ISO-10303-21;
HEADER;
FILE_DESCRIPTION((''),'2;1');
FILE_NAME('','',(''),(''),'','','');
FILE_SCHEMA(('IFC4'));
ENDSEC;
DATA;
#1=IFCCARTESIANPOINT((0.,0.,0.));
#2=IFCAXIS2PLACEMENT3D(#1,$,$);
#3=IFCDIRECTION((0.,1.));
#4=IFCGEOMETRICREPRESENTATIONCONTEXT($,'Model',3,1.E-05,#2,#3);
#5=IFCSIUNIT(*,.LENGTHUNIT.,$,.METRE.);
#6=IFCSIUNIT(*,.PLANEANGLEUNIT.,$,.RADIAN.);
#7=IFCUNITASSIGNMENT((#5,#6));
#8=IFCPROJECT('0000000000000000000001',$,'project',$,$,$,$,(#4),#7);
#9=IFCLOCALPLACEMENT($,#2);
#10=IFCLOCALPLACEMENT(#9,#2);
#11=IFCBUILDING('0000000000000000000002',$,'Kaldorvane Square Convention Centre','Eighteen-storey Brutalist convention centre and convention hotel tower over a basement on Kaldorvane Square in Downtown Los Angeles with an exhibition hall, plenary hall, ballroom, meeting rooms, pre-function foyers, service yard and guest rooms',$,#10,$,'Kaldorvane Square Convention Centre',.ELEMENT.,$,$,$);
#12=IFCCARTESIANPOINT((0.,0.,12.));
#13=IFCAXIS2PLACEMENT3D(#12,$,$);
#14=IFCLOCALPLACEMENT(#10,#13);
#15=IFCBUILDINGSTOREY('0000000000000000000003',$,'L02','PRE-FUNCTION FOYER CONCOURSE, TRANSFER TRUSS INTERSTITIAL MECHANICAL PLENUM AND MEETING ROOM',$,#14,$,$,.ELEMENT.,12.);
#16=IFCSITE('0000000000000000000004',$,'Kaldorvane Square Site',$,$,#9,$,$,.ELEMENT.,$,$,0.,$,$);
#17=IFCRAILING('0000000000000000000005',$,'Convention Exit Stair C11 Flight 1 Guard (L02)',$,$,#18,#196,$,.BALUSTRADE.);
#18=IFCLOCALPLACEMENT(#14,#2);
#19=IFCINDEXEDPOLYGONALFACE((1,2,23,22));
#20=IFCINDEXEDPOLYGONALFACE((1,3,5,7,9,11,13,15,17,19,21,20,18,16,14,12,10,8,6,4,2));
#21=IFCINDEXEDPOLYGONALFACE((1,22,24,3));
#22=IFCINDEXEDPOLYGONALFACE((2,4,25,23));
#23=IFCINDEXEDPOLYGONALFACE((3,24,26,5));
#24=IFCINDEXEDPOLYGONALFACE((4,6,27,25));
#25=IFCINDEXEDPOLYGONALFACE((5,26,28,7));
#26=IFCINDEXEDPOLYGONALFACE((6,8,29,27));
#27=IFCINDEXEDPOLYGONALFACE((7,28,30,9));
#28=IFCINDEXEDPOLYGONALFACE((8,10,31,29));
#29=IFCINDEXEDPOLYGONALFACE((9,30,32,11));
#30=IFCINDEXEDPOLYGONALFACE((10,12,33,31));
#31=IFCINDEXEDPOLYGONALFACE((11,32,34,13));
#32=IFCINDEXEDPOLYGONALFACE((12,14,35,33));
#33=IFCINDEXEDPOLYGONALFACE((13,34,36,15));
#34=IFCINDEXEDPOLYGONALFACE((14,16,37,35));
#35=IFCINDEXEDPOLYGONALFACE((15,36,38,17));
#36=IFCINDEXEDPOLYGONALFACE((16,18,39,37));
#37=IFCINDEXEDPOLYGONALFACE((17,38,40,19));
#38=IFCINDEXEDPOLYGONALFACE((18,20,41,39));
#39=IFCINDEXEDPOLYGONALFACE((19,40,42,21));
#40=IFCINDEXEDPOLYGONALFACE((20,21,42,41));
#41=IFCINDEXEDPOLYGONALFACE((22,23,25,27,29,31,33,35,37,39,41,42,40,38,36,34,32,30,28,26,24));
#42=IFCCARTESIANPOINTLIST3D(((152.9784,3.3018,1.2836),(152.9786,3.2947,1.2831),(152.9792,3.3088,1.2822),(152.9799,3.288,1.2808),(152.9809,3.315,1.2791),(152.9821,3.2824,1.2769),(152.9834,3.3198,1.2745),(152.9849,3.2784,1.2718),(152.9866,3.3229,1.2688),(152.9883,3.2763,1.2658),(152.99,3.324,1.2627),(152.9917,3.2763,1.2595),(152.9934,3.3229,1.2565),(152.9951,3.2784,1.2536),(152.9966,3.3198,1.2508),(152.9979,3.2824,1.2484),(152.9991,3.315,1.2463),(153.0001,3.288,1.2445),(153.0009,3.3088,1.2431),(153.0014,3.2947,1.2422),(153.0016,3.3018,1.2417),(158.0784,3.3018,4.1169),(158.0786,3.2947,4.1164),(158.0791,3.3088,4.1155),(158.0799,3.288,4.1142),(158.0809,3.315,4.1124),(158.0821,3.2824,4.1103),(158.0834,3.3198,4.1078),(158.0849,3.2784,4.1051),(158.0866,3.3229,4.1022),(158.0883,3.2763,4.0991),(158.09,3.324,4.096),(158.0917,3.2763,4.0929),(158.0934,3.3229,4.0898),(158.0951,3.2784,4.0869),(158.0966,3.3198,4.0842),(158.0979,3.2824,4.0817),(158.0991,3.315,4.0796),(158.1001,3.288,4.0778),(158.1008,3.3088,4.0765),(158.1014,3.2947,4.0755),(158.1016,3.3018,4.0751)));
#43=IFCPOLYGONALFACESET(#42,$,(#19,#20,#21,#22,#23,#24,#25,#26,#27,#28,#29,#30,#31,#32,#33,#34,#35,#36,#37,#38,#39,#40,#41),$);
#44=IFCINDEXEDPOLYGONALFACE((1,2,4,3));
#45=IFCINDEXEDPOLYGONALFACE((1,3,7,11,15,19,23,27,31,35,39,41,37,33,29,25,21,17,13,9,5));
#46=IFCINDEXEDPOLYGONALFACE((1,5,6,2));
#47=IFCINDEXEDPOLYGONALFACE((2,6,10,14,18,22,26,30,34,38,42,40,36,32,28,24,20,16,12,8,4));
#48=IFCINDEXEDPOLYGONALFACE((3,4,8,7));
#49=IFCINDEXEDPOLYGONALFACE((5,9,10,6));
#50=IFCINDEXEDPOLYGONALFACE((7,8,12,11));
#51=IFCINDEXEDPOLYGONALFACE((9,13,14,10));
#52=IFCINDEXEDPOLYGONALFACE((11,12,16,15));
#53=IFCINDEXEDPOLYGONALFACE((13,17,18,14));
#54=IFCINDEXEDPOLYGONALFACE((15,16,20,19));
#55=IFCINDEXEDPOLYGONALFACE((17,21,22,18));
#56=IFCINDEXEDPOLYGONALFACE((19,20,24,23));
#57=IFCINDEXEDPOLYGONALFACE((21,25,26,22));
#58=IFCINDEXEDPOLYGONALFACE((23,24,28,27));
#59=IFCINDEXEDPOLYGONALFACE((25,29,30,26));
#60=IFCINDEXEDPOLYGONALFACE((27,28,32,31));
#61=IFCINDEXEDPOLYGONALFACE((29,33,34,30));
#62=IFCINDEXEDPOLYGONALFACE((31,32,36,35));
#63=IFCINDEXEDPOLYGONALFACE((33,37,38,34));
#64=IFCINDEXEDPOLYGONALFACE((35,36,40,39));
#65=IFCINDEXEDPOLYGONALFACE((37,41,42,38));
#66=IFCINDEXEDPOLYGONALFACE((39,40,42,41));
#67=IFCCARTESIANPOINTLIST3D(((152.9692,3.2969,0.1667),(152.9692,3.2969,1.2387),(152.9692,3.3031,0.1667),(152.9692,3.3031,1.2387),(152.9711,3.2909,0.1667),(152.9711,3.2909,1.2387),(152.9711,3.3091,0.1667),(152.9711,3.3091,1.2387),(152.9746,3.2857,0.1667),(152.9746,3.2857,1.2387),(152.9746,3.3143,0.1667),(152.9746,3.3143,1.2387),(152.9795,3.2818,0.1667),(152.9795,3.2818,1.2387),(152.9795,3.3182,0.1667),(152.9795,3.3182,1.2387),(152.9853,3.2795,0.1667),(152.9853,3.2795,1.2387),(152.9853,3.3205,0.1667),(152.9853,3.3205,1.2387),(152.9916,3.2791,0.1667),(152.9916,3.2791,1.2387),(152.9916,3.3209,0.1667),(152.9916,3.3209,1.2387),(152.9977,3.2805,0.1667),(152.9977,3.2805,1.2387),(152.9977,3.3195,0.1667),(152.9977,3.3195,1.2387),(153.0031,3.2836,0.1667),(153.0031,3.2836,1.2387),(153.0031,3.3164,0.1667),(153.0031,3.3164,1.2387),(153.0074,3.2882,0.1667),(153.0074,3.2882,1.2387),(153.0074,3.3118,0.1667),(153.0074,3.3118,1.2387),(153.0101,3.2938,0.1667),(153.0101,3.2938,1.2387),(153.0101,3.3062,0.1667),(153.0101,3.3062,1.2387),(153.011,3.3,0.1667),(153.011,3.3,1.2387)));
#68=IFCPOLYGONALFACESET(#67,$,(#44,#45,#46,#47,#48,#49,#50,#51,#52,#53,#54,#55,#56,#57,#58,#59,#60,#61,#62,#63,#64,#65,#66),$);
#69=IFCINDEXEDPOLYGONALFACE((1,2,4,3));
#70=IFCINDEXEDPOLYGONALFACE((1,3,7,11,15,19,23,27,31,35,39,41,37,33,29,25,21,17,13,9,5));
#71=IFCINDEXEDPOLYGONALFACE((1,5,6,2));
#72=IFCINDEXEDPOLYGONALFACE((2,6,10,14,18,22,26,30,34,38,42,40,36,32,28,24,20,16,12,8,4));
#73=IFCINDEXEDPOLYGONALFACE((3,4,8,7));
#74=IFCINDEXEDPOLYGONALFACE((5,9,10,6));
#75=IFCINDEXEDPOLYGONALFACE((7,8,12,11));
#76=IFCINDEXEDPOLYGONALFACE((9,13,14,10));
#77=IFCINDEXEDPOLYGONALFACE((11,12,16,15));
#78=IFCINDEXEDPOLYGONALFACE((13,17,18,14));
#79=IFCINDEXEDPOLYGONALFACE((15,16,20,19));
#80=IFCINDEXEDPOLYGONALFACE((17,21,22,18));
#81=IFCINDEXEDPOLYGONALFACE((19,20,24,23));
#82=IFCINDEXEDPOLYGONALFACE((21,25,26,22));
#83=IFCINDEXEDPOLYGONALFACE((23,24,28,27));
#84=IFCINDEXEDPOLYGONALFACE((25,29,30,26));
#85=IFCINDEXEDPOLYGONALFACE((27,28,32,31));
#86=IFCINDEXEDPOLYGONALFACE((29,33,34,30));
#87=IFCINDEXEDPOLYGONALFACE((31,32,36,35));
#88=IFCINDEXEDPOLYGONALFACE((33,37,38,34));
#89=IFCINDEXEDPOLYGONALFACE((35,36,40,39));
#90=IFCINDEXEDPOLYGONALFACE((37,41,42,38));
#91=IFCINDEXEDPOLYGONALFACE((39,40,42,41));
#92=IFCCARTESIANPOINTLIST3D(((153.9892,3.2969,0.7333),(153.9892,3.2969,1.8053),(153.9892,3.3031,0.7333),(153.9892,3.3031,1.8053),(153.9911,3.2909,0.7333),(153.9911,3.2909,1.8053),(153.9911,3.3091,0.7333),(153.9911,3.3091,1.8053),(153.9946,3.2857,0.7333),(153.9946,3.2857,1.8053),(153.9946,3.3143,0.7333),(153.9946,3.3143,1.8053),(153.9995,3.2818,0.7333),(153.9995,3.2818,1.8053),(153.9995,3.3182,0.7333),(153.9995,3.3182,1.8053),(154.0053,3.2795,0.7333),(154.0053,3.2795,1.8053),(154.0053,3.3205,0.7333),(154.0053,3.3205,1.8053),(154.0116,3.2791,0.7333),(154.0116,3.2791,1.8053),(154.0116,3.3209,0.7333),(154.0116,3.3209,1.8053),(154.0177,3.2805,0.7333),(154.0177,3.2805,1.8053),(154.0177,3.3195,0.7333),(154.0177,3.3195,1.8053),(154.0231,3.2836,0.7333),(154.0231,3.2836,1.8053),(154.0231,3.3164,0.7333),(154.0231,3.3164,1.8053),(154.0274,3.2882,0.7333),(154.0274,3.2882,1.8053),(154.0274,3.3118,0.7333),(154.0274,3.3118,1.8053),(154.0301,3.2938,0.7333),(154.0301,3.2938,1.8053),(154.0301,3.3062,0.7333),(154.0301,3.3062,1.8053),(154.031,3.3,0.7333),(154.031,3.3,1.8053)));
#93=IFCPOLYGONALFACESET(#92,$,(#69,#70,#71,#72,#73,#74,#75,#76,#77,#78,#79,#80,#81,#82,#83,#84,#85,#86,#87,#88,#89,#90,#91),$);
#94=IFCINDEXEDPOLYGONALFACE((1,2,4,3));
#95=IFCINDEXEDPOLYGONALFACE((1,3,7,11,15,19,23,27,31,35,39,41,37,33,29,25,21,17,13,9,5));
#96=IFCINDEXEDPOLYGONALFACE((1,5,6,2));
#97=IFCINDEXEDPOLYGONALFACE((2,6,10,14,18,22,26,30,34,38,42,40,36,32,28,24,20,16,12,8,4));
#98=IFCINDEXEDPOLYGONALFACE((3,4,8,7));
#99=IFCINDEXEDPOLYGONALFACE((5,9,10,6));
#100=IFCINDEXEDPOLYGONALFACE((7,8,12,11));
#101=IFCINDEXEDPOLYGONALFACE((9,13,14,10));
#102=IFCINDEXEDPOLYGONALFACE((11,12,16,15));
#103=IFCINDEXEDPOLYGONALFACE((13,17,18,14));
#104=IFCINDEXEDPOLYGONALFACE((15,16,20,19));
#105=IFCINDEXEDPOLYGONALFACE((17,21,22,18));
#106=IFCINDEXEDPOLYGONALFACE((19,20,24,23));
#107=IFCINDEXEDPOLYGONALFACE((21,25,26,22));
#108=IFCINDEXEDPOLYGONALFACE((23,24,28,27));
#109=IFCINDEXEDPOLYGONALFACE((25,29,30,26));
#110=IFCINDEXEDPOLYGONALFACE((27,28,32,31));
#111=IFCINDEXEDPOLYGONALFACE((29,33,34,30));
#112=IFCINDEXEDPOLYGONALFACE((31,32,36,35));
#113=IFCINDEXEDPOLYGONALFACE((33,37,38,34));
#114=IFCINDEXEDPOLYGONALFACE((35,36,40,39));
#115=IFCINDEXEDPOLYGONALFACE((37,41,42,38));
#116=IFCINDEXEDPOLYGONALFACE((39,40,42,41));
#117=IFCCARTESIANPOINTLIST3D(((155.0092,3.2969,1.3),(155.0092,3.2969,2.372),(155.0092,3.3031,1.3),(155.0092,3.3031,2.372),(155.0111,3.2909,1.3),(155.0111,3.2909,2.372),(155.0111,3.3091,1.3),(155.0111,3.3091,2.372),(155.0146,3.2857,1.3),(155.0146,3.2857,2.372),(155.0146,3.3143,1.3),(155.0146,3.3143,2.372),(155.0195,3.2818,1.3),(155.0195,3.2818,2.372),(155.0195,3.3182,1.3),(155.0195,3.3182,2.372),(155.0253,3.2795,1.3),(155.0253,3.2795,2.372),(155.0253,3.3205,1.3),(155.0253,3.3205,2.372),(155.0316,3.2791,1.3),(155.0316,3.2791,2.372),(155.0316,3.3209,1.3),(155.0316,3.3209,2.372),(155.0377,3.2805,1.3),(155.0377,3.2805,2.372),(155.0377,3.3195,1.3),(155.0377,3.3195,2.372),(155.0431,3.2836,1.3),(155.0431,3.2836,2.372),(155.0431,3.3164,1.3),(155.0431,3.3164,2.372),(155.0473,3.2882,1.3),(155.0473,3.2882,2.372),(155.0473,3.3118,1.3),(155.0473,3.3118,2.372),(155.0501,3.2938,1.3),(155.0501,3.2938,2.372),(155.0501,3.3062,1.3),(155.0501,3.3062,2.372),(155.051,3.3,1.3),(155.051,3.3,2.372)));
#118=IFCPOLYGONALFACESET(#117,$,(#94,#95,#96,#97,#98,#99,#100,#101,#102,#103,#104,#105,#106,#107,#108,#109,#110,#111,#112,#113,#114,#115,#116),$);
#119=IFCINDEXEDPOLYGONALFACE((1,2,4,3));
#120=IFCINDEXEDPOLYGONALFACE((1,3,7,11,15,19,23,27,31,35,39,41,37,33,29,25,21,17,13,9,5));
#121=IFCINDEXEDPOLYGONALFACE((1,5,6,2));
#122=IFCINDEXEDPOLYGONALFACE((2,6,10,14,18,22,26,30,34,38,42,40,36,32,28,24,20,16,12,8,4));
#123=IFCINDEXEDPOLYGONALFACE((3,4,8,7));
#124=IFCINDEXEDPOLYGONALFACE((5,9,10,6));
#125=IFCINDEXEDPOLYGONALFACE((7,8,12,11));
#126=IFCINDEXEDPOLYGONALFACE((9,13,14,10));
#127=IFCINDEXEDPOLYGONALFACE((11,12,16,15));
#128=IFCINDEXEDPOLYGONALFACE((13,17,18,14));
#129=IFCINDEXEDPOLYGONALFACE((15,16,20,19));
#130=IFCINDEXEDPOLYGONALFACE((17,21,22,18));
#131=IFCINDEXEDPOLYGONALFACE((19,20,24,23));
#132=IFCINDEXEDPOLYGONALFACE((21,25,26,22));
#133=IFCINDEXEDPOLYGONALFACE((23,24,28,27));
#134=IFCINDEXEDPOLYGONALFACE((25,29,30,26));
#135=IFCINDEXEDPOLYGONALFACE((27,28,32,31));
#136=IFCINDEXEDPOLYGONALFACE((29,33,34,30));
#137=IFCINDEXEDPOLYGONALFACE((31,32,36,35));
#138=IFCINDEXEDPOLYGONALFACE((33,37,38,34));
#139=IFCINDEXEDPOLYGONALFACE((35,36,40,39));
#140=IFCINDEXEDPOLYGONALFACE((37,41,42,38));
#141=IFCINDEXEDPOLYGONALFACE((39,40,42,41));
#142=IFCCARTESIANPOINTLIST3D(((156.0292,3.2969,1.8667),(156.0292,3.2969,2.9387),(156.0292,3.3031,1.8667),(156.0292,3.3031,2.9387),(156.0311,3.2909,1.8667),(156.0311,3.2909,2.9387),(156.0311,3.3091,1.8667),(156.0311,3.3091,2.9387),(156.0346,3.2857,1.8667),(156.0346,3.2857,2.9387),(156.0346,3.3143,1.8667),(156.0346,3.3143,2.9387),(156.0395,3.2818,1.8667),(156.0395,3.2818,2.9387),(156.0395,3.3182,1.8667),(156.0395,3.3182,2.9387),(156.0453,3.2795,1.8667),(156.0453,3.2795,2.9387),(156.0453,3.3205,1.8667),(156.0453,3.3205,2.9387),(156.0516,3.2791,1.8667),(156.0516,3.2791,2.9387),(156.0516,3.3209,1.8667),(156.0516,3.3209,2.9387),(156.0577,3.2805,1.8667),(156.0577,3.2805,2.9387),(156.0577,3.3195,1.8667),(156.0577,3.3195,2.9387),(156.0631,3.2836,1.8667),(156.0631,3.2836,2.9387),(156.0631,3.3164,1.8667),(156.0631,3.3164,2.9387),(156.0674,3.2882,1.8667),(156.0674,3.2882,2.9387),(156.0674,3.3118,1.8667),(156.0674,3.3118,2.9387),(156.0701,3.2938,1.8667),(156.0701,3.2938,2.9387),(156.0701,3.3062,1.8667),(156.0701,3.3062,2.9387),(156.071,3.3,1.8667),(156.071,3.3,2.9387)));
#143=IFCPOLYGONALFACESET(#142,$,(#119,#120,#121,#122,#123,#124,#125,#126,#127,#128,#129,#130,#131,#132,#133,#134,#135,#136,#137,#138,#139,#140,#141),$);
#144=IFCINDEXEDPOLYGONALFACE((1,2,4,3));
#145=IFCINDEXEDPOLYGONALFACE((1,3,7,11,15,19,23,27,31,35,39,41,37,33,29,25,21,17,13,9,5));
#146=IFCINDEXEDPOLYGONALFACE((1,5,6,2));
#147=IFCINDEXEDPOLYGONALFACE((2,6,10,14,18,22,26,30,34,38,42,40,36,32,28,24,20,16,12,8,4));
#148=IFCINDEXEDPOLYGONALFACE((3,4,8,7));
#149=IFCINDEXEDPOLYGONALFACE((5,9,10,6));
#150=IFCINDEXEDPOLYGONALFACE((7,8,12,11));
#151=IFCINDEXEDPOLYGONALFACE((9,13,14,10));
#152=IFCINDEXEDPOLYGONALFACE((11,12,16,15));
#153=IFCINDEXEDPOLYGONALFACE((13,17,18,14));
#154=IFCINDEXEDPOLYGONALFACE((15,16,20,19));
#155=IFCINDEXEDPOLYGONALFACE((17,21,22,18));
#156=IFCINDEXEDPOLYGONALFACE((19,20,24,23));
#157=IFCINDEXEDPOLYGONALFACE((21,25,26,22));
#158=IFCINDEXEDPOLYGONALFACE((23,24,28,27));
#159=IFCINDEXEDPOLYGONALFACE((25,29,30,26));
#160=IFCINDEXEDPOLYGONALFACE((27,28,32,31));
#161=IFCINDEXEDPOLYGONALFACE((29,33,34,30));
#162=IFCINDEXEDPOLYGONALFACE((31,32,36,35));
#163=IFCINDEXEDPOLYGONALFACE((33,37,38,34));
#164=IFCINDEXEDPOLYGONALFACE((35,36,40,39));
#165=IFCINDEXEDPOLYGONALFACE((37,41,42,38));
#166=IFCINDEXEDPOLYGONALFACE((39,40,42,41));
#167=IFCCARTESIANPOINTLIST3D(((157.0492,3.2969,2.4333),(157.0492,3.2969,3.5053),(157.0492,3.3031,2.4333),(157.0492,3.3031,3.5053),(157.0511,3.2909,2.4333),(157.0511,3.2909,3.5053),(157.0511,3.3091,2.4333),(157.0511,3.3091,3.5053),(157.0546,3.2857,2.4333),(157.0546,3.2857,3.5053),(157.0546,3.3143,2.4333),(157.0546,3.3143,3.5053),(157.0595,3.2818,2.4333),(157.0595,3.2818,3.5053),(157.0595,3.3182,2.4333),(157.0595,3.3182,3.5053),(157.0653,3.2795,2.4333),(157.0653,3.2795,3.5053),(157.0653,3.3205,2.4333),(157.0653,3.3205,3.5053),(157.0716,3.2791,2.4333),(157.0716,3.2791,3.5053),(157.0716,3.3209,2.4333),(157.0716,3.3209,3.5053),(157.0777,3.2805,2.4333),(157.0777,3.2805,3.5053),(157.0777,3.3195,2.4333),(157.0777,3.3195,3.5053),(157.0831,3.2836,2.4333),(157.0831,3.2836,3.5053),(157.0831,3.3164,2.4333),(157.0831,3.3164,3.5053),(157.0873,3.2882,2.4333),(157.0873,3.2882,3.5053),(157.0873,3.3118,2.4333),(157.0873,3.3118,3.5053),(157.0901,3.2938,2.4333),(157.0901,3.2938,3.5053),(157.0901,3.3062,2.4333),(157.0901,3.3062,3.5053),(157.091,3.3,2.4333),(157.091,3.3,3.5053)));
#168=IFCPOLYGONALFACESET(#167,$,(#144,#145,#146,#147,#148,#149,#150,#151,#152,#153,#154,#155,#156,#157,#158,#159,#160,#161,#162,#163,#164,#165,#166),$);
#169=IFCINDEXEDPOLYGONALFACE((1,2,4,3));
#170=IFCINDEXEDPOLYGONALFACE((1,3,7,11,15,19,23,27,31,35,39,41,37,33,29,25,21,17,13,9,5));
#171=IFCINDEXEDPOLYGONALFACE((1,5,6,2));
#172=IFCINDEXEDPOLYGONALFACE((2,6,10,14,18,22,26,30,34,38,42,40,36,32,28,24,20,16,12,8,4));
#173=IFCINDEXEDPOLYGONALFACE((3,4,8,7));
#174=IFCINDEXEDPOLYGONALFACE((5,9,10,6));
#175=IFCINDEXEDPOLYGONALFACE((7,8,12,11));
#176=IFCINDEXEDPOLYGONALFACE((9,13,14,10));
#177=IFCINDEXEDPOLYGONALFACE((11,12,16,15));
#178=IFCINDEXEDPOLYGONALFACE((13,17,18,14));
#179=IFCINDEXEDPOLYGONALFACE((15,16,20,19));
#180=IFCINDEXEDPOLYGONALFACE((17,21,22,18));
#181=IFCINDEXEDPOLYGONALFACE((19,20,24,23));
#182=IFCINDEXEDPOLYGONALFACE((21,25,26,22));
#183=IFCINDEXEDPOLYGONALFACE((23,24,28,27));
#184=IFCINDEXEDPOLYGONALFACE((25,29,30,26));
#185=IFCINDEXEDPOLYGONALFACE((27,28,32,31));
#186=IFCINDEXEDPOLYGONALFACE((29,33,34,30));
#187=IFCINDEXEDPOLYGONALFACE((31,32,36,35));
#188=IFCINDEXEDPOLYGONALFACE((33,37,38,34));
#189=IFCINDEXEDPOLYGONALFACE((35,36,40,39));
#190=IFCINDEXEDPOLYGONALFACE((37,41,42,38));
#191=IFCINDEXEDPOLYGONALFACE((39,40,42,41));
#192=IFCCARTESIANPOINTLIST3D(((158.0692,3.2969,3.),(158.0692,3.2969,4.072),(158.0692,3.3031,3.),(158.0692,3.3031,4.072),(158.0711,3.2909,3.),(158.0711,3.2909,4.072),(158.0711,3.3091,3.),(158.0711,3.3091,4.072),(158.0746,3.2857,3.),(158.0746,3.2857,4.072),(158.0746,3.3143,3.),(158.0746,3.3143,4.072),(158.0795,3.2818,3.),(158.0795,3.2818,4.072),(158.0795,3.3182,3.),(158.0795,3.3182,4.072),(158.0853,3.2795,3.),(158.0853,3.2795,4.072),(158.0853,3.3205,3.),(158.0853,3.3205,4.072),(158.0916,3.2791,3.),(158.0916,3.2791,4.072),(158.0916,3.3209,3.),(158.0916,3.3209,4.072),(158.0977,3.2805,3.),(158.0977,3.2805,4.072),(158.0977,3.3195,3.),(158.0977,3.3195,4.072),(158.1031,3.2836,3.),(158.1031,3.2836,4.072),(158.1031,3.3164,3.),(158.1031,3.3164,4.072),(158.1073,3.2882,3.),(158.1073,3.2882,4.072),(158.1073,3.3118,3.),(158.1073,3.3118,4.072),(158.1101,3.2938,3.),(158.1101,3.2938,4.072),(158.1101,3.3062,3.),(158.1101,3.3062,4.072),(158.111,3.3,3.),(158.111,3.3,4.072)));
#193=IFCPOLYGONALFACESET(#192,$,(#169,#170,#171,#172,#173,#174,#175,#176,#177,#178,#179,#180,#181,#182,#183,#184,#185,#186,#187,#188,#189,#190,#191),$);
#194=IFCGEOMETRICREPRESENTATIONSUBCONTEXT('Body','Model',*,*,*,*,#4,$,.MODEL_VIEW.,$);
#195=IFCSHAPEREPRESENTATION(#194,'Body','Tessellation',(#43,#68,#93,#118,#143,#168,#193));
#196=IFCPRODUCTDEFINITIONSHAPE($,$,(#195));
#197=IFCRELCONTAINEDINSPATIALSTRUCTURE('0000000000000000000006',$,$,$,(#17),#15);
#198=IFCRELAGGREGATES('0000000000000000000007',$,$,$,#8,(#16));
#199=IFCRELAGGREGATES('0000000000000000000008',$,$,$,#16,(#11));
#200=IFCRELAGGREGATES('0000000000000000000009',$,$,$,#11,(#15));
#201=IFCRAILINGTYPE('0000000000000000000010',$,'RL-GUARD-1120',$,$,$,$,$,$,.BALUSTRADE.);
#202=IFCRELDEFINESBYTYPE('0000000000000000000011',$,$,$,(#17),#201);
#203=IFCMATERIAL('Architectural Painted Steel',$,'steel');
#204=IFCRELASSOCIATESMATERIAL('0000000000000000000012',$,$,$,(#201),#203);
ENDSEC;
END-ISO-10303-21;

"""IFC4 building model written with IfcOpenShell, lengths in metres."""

from ifc_helpers import new_model, si_unit, direction, frame, origin, origin_2d, place, context, subcontext, project, spatial, circle, extrude, material, type_object, element, save


model = new_model("IFC4")

# Units and contexts
model_context = context("Model", 3, precision=1e-05, world=origin(), true_north=direction((0.0, 1.0)))
body_context = subcontext(model_context, "Body", "Model", "MODEL_VIEW")
ifc_project = project(units=[si_unit("LENGTHUNIT", "METRE"), si_unit("PLANEANGLEUNIT", "RADIAN")], contexts=[model_context])

# Site, building, storey
site_placement = place(None, origin())
site = spatial("IfcSite", under=ifc_project, at=site_placement, Name="Kaldorvane Square Site", CompositionType="ELEMENT", RefElevation=0.0)
building_placement = place(site_placement, origin())
building = spatial("IfcBuilding", under=site, at=building_placement, Name="Kaldorvane Square Convention Centre", Description="Eighteen-storey Brutalist convention centre and convention hotel tower over a basement on Kaldorvane Square in Downtown Los Angeles with an exhibition hall, plenary hall, ballroom, meeting rooms, pre-function foyers, service yard and guest rooms", LongName="Kaldorvane Square Convention Centre", CompositionType="ELEMENT")
storey_placement = place(building_placement, frame((0.0, 0.0, 12.0)))
storey = spatial("IfcBuildingStorey", under=building, at=storey_placement, Name="L02", Description="PRE-FUNCTION FOYER CONCOURSE, TRANSFER TRUSS INTERSTITIAL MECHANICAL PLENUM AND MEETING ROOM", CompositionType="ELEMENT", Elevation=12.0)

# Railing
ifc_material_1 = material(Name="Architectural Painted Steel", Category="steel")
railing_type_1 = type_object("IfcRailingType", Name="RL-GUARD-1120", PredefinedType="BALUSTRADE", material=ifc_material_1)
railing_1_placement = place(storey_placement, frame((152.99, 3.3, 0.1667)))
element("IfcRailing", 1, at=railing_1_placement, inside=storey, type_object=railing_type_1, Name="Convention Exit Stair C11 Flight 1 Guard (L02)", PredefinedType="BALUSTRADE", context=body_context, shape_type="SweptSolid", body=[
    extrude(circle(Radius=0.024, at=origin_2d()), frame((0.0, 0.0, 1.096), z_axis=(0.874157, 0.0, 0.485643), x_axis=(0.0, 1.0, 0.0)), (0.0, 0.0, 1.0), 5.8342),
    extrude(circle(Radius=0.021, at=origin_2d()), origin(), (0.0, 0.0, 1.0), 1.072),
    extrude(circle(Radius=0.021, at=origin_2d()), frame((1.02, 0.0, 0.5667)), (0.0, 0.0, 1.0), 1.072),
    extrude(circle(Radius=0.021, at=origin_2d()), frame((2.04, 0.0, 1.1333)), (0.0, 0.0, 1.0), 1.072),
    extrude(circle(Radius=0.021, at=origin_2d()), frame((3.06, 0.0, 1.7)), (0.0, 0.0, 1.0), 1.072),
    extrude(circle(Radius=0.021, at=origin_2d()), frame((4.08, 0.0, 2.2667)), (0.0, 0.0, 1.0), 1.072),
    extrude(circle(Radius=0.021, at=origin_2d()), frame((5.1, 0.0, 2.8333)), (0.0, 0.0, 1.0), 1.072),
])

save(model, "model.ifc")
